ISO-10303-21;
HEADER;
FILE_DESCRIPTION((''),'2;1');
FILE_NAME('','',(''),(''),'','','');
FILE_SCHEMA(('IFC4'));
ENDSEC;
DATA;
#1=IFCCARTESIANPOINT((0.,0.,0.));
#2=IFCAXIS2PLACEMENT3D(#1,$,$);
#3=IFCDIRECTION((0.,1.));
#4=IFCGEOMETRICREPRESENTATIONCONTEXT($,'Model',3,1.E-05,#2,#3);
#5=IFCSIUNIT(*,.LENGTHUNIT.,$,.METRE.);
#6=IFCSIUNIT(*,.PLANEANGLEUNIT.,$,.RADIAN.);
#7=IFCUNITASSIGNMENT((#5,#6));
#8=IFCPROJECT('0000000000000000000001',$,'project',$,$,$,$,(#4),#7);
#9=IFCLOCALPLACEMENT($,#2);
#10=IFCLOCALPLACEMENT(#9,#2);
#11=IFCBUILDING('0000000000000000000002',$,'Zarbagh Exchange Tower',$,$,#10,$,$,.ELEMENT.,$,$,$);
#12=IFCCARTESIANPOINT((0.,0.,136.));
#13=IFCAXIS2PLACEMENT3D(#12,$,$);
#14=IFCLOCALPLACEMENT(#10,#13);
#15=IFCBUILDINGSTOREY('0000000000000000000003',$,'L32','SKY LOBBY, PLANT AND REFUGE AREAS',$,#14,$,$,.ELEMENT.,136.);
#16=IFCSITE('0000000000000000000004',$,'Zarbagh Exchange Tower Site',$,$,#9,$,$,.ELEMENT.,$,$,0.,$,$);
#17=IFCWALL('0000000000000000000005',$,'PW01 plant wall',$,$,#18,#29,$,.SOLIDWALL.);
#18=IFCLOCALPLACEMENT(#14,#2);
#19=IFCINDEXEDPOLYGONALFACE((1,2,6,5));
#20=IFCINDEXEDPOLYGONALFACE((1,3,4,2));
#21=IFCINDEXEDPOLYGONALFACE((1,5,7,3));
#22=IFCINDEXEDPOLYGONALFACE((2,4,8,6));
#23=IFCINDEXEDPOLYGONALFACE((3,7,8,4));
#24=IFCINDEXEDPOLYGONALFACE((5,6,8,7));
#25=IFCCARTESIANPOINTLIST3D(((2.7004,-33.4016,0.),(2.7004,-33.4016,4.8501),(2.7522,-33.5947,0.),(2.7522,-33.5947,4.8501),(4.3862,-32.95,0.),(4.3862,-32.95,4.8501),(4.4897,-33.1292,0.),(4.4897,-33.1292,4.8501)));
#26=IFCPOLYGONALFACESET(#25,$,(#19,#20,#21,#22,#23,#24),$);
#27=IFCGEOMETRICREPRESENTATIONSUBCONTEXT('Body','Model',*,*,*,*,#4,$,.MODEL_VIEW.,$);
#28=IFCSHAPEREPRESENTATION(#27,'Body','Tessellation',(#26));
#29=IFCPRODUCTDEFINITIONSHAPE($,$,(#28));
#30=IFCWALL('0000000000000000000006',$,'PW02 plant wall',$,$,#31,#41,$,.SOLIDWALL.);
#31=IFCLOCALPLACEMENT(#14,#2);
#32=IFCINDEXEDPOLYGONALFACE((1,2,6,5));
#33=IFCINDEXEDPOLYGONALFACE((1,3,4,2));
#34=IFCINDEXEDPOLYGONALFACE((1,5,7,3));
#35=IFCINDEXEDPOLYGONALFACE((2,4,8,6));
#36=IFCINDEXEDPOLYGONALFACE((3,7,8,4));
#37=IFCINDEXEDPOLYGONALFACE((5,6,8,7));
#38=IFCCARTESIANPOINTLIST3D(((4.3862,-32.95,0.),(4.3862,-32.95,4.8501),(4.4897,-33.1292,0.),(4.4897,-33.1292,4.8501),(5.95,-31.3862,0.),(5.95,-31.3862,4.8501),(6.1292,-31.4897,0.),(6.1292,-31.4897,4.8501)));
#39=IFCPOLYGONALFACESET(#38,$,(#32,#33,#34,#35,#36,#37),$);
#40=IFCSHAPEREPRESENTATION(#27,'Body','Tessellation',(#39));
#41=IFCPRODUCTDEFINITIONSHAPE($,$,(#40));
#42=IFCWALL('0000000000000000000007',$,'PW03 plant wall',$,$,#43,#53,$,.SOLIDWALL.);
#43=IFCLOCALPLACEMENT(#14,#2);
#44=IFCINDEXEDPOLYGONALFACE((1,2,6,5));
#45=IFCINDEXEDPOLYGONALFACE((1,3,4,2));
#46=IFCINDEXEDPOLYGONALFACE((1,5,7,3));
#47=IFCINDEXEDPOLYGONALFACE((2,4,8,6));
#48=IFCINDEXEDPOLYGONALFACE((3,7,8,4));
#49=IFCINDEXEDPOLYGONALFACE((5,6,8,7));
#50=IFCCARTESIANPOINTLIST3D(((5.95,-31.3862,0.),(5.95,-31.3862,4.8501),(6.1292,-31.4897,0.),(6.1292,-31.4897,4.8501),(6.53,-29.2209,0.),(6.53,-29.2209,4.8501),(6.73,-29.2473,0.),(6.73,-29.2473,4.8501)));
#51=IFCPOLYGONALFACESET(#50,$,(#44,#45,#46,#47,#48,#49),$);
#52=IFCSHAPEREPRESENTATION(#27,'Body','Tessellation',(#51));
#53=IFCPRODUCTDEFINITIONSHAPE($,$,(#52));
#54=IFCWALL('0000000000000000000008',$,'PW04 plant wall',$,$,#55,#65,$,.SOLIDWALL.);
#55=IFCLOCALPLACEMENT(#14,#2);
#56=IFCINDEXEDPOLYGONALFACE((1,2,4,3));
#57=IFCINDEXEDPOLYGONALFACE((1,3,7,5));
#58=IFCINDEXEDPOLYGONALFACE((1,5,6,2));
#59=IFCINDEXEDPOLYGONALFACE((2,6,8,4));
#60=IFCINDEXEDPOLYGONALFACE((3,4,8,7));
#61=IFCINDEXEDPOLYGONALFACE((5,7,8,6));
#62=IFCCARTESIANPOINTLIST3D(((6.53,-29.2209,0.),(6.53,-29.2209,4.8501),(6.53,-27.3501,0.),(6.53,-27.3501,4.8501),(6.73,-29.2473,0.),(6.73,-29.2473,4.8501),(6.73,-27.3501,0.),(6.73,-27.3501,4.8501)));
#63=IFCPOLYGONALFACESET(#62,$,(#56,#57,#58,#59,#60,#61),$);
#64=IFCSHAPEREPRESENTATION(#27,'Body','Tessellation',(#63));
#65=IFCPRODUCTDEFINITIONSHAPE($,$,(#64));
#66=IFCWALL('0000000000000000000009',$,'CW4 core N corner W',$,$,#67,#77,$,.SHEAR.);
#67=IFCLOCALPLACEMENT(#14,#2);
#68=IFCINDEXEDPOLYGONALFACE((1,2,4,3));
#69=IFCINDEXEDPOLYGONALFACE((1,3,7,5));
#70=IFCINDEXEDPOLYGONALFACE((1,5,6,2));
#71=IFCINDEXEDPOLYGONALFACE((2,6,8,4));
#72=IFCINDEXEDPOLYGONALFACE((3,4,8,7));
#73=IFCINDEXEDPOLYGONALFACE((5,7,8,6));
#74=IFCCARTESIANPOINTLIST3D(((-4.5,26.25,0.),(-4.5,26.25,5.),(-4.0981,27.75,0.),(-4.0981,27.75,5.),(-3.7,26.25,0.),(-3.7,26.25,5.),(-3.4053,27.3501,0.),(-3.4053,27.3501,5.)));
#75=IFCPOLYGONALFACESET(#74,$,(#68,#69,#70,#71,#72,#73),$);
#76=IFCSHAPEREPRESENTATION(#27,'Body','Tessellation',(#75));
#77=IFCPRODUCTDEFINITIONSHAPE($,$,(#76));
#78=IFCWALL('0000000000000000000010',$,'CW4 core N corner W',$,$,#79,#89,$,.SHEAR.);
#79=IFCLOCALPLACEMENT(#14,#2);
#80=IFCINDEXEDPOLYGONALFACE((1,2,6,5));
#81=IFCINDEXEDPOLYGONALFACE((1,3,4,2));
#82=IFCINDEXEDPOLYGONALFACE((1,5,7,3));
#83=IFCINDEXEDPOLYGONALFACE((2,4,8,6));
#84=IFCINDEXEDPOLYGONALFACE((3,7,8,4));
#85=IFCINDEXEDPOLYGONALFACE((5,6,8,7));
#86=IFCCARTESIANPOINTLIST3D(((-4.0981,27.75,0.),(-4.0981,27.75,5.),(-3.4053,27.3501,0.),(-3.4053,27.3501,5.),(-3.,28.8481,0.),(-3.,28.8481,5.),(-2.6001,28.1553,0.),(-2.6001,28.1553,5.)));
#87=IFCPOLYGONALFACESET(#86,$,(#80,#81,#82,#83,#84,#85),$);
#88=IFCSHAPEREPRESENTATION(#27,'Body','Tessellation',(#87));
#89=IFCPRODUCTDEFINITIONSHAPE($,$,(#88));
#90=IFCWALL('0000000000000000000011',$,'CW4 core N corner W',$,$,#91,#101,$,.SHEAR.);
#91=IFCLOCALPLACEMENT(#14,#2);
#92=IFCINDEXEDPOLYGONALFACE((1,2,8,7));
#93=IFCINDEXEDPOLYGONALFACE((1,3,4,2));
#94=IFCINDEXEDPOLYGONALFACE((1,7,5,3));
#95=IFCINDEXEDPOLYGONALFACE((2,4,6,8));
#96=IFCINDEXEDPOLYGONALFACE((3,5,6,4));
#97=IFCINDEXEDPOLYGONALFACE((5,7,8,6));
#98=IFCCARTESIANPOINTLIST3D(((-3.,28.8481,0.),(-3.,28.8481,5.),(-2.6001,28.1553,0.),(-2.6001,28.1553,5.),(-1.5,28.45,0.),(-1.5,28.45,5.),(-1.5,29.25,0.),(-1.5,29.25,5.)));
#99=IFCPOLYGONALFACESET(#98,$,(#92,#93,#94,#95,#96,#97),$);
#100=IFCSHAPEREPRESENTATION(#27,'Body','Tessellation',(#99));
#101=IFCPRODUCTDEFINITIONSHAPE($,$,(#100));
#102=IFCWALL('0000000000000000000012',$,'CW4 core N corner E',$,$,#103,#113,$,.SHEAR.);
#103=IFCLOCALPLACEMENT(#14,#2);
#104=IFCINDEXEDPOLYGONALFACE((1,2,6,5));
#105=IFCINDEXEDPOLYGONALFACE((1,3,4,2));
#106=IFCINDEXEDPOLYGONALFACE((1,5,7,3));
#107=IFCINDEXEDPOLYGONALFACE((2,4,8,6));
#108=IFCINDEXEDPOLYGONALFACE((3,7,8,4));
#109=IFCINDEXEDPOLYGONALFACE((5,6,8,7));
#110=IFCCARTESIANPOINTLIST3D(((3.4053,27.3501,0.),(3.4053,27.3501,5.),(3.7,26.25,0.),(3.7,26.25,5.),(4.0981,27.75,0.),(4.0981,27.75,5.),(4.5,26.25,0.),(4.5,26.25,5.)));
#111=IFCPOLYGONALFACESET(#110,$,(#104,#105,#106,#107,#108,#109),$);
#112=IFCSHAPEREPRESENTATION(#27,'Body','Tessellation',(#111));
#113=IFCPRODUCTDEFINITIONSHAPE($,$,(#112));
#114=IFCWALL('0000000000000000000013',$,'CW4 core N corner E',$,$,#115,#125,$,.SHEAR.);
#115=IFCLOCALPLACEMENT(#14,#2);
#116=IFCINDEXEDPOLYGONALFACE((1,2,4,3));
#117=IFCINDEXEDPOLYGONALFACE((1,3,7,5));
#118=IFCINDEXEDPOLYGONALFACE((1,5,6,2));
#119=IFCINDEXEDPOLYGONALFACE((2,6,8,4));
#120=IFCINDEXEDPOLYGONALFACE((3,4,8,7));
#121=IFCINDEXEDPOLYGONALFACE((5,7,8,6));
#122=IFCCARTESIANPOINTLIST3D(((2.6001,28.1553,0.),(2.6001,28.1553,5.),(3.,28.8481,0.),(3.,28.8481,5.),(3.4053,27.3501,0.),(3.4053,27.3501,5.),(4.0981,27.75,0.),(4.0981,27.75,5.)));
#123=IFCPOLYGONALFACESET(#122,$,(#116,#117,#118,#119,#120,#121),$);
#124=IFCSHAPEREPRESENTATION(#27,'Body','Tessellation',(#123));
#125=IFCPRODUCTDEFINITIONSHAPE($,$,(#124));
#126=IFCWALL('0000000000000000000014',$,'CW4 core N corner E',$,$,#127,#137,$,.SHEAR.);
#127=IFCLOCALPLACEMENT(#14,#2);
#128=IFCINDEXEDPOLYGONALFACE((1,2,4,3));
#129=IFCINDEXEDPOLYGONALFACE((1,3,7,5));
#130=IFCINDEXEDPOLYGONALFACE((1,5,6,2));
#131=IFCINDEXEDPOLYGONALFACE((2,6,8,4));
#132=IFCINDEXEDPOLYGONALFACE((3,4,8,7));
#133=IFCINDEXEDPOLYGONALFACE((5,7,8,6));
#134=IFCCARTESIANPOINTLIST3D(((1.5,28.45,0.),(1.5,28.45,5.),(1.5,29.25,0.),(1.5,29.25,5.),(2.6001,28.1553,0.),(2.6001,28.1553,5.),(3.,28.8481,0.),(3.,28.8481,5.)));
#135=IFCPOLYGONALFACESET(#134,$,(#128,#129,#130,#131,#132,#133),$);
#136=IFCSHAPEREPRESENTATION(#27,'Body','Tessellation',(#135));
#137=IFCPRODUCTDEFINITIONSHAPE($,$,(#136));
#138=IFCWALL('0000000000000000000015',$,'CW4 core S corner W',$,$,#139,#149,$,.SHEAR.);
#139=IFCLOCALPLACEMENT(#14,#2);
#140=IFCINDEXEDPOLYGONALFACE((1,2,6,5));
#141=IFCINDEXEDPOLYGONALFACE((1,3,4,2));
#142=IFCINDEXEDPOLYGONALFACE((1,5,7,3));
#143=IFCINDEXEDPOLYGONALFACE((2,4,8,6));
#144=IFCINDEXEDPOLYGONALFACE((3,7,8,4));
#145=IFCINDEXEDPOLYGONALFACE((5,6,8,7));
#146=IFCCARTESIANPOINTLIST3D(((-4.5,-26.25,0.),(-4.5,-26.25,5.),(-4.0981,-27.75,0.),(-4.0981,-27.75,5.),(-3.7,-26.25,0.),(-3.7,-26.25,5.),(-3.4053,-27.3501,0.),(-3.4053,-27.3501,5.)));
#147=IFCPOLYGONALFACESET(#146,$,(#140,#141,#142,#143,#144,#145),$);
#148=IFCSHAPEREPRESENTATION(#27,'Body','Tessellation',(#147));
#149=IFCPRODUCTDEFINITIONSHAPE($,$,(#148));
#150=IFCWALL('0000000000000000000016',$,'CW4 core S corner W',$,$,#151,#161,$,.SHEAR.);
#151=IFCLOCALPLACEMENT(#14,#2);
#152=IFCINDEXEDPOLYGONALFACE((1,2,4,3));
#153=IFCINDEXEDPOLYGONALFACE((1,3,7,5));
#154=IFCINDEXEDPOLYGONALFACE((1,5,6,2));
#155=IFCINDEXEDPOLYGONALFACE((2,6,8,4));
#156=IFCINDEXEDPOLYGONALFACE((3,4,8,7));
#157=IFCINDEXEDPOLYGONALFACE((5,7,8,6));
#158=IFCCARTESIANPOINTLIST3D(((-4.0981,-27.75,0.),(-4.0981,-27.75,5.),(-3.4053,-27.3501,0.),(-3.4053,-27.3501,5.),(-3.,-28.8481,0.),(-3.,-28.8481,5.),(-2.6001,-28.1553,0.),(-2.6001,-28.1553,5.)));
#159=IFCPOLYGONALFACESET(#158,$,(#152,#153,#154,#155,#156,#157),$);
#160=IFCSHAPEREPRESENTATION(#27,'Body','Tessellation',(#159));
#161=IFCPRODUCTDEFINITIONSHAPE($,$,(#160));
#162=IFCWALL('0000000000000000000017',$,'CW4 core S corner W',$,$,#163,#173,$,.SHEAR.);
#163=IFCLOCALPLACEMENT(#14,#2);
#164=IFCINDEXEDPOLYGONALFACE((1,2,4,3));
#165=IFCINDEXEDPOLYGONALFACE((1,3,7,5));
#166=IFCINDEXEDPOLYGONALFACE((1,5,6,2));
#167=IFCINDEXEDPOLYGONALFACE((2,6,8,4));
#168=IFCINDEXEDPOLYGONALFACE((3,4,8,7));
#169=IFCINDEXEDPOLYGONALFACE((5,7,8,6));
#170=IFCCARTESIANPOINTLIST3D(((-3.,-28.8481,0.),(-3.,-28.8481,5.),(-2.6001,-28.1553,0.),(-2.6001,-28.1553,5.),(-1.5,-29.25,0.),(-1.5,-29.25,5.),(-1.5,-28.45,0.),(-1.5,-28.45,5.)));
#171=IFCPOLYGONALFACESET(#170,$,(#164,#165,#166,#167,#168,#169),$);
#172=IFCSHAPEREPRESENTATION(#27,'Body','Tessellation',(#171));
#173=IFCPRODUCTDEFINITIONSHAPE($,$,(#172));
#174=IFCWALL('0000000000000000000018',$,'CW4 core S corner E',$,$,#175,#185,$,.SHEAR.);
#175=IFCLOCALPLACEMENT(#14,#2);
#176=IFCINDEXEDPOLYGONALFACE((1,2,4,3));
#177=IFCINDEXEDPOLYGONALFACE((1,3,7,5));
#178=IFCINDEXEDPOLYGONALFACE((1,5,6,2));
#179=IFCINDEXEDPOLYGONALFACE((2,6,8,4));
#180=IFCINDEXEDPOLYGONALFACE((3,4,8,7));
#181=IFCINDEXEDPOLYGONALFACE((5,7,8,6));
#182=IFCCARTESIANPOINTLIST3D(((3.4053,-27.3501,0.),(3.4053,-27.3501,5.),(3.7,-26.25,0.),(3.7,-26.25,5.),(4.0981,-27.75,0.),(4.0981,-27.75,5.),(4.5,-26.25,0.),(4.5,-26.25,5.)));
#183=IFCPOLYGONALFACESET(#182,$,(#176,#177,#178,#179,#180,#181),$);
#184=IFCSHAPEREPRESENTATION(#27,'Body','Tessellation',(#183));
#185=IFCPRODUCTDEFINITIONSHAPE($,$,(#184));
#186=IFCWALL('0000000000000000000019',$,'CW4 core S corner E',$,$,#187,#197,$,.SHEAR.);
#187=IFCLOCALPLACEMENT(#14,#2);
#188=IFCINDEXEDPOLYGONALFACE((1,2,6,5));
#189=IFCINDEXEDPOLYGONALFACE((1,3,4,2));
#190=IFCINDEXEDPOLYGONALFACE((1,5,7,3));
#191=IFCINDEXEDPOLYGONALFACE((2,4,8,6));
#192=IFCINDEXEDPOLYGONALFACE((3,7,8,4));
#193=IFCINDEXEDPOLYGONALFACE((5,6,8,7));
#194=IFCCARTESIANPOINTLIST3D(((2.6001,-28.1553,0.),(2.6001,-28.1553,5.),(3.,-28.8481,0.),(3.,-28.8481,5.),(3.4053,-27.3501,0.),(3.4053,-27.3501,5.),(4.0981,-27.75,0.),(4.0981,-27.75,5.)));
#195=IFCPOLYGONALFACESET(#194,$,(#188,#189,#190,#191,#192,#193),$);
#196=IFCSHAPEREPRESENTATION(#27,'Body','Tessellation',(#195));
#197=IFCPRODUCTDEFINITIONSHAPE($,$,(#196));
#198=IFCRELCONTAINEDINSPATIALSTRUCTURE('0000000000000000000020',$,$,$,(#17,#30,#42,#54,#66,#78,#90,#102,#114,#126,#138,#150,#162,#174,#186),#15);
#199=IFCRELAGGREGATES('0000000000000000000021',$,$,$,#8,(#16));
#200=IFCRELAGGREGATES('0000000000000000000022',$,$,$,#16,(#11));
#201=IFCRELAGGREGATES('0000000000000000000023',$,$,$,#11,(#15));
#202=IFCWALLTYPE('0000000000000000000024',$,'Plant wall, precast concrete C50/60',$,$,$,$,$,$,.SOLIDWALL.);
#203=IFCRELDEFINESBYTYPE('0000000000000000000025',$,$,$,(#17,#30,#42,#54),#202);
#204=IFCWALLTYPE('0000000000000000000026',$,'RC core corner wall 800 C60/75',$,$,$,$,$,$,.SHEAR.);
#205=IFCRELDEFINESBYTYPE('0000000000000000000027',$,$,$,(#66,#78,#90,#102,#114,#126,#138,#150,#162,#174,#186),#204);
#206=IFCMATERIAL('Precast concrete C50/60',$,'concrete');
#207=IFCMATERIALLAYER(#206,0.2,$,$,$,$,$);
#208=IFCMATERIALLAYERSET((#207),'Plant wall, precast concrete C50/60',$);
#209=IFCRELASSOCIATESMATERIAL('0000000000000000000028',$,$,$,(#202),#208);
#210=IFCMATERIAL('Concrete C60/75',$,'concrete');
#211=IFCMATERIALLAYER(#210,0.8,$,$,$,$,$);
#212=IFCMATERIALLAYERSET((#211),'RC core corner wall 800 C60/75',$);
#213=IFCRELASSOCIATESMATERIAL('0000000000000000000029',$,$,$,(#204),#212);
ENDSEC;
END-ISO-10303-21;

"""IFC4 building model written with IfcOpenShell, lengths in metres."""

from ifc_helpers import new_model, si_unit, direction, frame, origin, place, context, subcontext, project, spatial, polyline, outline, extrude, material, layer, layer_set, type_object, element, save


model = new_model("IFC4")

# Units and contexts
model_context = context("Model", 3, precision=1e-05, world=origin(), true_north=direction((0.0, 1.0)))
body_context = subcontext(model_context, "Body", "Model", "MODEL_VIEW")
ifc_project = project(units=[si_unit("LENGTHUNIT", "METRE"), si_unit("PLANEANGLEUNIT", "RADIAN")], contexts=[model_context])

# Site, building, storey
site_placement = place(None, origin())
site = spatial("IfcSite", under=ifc_project, at=site_placement, Name="Zarbagh Exchange Tower Site", CompositionType="ELEMENT", RefElevation=0.0)
building_placement = place(site_placement, origin())
building = spatial("IfcBuilding", under=site, at=building_placement, Name="Zarbagh Exchange Tower", CompositionType="ELEMENT")
storey_placement = place(building_placement, frame((0.0, 0.0, 136.0)))
storey = spatial("IfcBuildingStorey", under=building, at=storey_placement, Name="L32", Description="SKY LOBBY, PLANT AND REFUGE AREAS", CompositionType="ELEMENT", Elevation=136.0)

# Walls
ifc_material_1 = material(Name="Precast concrete C50/60", Category="concrete")
ifc_layer_1 = layer(ifc_material_1, 0.2)
ifc_layer_set_1 = layer_set([ifc_layer_1], Name="Plant wall, precast concrete C50/60")
wall_type_1 = type_object("IfcWallType", Name="Plant wall, precast concrete C50/60", PredefinedType="SOLIDWALL", material=ifc_layer_set_1)
wall_1_placement = place(storey_placement, origin())
element("IfcWall", 1, at=wall_1_placement, inside=storey, type_object=wall_type_1, Name="PW01 plant wall", PredefinedType="SOLIDWALL", context=body_context, shape_type="SweptSolid", body=[
    extrude(outline(polyline([(2.7522, -33.5947), (4.4897, -33.1292), (4.3862, -32.95), (2.7004, -33.4016), (2.7522, -33.5947)])), origin(), (0.0, 0.0, 1.0), 4.8501),
])
wall_2_placement = place(storey_placement, origin())
element("IfcWall", 2, at=wall_2_placement, inside=storey, type_object=wall_type_1, Name="PW02 plant wall", PredefinedType="SOLIDWALL", context=body_context, shape_type="SweptSolid", body=[
    extrude(outline(polyline([(4.4897, -33.1292), (6.1292, -31.4897), (5.95, -31.3862), (4.3862, -32.95), (4.4897, -33.1292)])), origin(), (0.0, 0.0, 1.0), 4.8501),
])
wall_3_placement = place(storey_placement, origin())
element("IfcWall", 3, at=wall_3_placement, inside=storey, type_object=wall_type_1, Name="PW03 plant wall", PredefinedType="SOLIDWALL", context=body_context, shape_type="SweptSolid", body=[
    extrude(outline(polyline([(6.1292, -31.4897), (6.73, -29.2473), (6.53, -29.2209), (5.95, -31.3862), (6.1292, -31.4897)])), origin(), (0.0, 0.0, 1.0), 4.8501),
])
wall_4_placement = place(storey_placement, origin())
element("IfcWall", 4, at=wall_4_placement, inside=storey, type_object=wall_type_1, Name="PW04 plant wall", PredefinedType="SOLIDWALL", context=body_context, shape_type="SweptSolid", body=[
    extrude(outline(polyline([(6.73, -29.2473), (6.73, -27.3501), (6.53, -27.3501), (6.53, -29.2209), (6.73, -29.2473)])), origin(), (0.0, 0.0, 1.0), 4.8501),
])
ifc_material_2 = material(Name="Concrete C60/75", Category="concrete")
ifc_layer_2 = layer(ifc_material_2, 0.8)
ifc_layer_set_2 = layer_set([ifc_layer_2], Name="RC core corner wall 800 C60/75")
wall_type_2 = type_object("IfcWallType", Name="RC core corner wall 800 C60/75", PredefinedType="SHEAR", material=ifc_layer_set_2)
wall_5_placement = place(storey_placement, origin())
element("IfcWall", 5, at=wall_5_placement, inside=storey, type_object=wall_type_2, Name="CW4 core N corner W", PredefinedType="SHEAR", context=body_context, shape_type="SweptSolid", body=[
    extrude(outline(polyline([(-4.5, 26.25), (-4.0981, 27.75), (-3.4053, 27.3501), (-3.7, 26.25), (-4.5, 26.25)])), origin(), (0.0, 0.0, 1.0), 5.0),
])
wall_6_placement = place(storey_placement, origin())
element("IfcWall", 6, at=wall_6_placement, inside=storey, type_object=wall_type_2, Name="CW4 core N corner W", PredefinedType="SHEAR", context=body_context, shape_type="SweptSolid", body=[
    extrude(outline(polyline([(-4.0981, 27.75), (-3.0, 28.8481), (-2.6001, 28.1553), (-3.4053, 27.3501), (-4.0981, 27.75)])), origin(), (0.0, 0.0, 1.0), 5.0),
])
wall_7_placement = place(storey_placement, origin())
element("IfcWall", 7, at=wall_7_placement, inside=storey, type_object=wall_type_2, Name="CW4 core N corner W", PredefinedType="SHEAR", context=body_context, shape_type="SweptSolid", body=[
    extrude(outline(polyline([(-3.0, 28.8481), (-1.5, 29.25), (-1.5, 28.45), (-2.6001, 28.1553), (-3.0, 28.8481)])), origin(), (0.0, 0.0, 1.0), 5.0),
])
wall_8_placement = place(storey_placement, origin())
element("IfcWall", 8, at=wall_8_placement, inside=storey, type_object=wall_type_2, Name="CW4 core N corner E", PredefinedType="SHEAR", context=body_context, shape_type="SweptSolid", body=[
    extrude(outline(polyline([(4.5, 26.25), (4.0981, 27.75), (3.4053, 27.3501), (3.7, 26.25), (4.5, 26.25)])), origin(), (0.0, 0.0, 1.0), 5.0),
])
wall_9_placement = place(storey_placement, origin())
element("IfcWall", 9, at=wall_9_placement, inside=storey, type_object=wall_type_2, Name="CW4 core N corner E", PredefinedType="SHEAR", context=body_context, shape_type="SweptSolid", body=[
    extrude(outline(polyline([(4.0981, 27.75), (3.0, 28.8481), (2.6001, 28.1553), (3.4053, 27.3501), (4.0981, 27.75)])), origin(), (0.0, 0.0, 1.0), 5.0),
])
wall_10_placement = place(storey_placement, origin())
element("IfcWall", 10, at=wall_10_placement, inside=storey, type_object=wall_type_2, Name="CW4 core N corner E", PredefinedType="SHEAR", context=body_context, shape_type="SweptSolid", body=[
    extrude(outline(polyline([(3.0, 28.8481), (1.5, 29.25), (1.5, 28.45), (2.6001, 28.1553), (3.0, 28.8481)])), origin(), (0.0, 0.0, 1.0), 5.0),
])
wall_11_placement = place(storey_placement, origin())
element("IfcWall", 11, at=wall_11_placement, inside=storey, type_object=wall_type_2, Name="CW4 core S corner W", PredefinedType="SHEAR", context=body_context, shape_type="SweptSolid", body=[
    extrude(outline(polyline([(-4.5, -26.25), (-4.0981, -27.75), (-3.4053, -27.3501), (-3.7, -26.25), (-4.5, -26.25)])), origin(), (0.0, 0.0, 1.0), 5.0),
])
wall_12_placement = place(storey_placement, origin())
element("IfcWall", 12, at=wall_12_placement, inside=storey, type_object=wall_type_2, Name="CW4 core S corner W", PredefinedType="SHEAR", context=body_context, shape_type="SweptSolid", body=[
    extrude(outline(polyline([(-4.0981, -27.75), (-3.0, -28.8481), (-2.6001, -28.1553), (-3.4053, -27.3501), (-4.0981, -27.75)])), origin(), (0.0, 0.0, 1.0), 5.0),
])
wall_13_placement = place(storey_placement, origin())
element("IfcWall", 13, at=wall_13_placement, inside=storey, type_object=wall_type_2, Name="CW4 core S corner W", PredefinedType="SHEAR", context=body_context, shape_type="SweptSolid", body=[
    extrude(outline(polyline([(-3.0, -28.8481), (-1.5, -29.25), (-1.5, -28.45), (-2.6001, -28.1553), (-3.0, -28.8481)])), origin(), (0.0, 0.0, 1.0), 5.0),
])
wall_14_placement = place(storey_placement, origin())
element("IfcWall", 14, at=wall_14_placement, inside=storey, type_object=wall_type_2, Name="CW4 core S corner E", PredefinedType="SHEAR", context=body_context, shape_type="SweptSolid", body=[
    extrude(outline(polyline([(4.5, -26.25), (4.0981, -27.75), (3.4053, -27.3501), (3.7, -26.25), (4.5, -26.25)])), origin(), (0.0, 0.0, 1.0), 5.0),
])
wall_15_placement = place(storey_placement, origin())
element("IfcWall", 15, at=wall_15_placement, inside=storey, type_object=wall_type_2, Name="CW4 core S corner E", PredefinedType="SHEAR", context=body_context, shape_type="SweptSolid", body=[
    extrude(outline(polyline([(4.0981, -27.75), (3.0, -28.8481), (2.6001, -28.1553), (3.4053, -27.3501), (4.0981, -27.75)])), origin(), (0.0, 0.0, 1.0), 5.0),
])

save(model, "model.ifc")
